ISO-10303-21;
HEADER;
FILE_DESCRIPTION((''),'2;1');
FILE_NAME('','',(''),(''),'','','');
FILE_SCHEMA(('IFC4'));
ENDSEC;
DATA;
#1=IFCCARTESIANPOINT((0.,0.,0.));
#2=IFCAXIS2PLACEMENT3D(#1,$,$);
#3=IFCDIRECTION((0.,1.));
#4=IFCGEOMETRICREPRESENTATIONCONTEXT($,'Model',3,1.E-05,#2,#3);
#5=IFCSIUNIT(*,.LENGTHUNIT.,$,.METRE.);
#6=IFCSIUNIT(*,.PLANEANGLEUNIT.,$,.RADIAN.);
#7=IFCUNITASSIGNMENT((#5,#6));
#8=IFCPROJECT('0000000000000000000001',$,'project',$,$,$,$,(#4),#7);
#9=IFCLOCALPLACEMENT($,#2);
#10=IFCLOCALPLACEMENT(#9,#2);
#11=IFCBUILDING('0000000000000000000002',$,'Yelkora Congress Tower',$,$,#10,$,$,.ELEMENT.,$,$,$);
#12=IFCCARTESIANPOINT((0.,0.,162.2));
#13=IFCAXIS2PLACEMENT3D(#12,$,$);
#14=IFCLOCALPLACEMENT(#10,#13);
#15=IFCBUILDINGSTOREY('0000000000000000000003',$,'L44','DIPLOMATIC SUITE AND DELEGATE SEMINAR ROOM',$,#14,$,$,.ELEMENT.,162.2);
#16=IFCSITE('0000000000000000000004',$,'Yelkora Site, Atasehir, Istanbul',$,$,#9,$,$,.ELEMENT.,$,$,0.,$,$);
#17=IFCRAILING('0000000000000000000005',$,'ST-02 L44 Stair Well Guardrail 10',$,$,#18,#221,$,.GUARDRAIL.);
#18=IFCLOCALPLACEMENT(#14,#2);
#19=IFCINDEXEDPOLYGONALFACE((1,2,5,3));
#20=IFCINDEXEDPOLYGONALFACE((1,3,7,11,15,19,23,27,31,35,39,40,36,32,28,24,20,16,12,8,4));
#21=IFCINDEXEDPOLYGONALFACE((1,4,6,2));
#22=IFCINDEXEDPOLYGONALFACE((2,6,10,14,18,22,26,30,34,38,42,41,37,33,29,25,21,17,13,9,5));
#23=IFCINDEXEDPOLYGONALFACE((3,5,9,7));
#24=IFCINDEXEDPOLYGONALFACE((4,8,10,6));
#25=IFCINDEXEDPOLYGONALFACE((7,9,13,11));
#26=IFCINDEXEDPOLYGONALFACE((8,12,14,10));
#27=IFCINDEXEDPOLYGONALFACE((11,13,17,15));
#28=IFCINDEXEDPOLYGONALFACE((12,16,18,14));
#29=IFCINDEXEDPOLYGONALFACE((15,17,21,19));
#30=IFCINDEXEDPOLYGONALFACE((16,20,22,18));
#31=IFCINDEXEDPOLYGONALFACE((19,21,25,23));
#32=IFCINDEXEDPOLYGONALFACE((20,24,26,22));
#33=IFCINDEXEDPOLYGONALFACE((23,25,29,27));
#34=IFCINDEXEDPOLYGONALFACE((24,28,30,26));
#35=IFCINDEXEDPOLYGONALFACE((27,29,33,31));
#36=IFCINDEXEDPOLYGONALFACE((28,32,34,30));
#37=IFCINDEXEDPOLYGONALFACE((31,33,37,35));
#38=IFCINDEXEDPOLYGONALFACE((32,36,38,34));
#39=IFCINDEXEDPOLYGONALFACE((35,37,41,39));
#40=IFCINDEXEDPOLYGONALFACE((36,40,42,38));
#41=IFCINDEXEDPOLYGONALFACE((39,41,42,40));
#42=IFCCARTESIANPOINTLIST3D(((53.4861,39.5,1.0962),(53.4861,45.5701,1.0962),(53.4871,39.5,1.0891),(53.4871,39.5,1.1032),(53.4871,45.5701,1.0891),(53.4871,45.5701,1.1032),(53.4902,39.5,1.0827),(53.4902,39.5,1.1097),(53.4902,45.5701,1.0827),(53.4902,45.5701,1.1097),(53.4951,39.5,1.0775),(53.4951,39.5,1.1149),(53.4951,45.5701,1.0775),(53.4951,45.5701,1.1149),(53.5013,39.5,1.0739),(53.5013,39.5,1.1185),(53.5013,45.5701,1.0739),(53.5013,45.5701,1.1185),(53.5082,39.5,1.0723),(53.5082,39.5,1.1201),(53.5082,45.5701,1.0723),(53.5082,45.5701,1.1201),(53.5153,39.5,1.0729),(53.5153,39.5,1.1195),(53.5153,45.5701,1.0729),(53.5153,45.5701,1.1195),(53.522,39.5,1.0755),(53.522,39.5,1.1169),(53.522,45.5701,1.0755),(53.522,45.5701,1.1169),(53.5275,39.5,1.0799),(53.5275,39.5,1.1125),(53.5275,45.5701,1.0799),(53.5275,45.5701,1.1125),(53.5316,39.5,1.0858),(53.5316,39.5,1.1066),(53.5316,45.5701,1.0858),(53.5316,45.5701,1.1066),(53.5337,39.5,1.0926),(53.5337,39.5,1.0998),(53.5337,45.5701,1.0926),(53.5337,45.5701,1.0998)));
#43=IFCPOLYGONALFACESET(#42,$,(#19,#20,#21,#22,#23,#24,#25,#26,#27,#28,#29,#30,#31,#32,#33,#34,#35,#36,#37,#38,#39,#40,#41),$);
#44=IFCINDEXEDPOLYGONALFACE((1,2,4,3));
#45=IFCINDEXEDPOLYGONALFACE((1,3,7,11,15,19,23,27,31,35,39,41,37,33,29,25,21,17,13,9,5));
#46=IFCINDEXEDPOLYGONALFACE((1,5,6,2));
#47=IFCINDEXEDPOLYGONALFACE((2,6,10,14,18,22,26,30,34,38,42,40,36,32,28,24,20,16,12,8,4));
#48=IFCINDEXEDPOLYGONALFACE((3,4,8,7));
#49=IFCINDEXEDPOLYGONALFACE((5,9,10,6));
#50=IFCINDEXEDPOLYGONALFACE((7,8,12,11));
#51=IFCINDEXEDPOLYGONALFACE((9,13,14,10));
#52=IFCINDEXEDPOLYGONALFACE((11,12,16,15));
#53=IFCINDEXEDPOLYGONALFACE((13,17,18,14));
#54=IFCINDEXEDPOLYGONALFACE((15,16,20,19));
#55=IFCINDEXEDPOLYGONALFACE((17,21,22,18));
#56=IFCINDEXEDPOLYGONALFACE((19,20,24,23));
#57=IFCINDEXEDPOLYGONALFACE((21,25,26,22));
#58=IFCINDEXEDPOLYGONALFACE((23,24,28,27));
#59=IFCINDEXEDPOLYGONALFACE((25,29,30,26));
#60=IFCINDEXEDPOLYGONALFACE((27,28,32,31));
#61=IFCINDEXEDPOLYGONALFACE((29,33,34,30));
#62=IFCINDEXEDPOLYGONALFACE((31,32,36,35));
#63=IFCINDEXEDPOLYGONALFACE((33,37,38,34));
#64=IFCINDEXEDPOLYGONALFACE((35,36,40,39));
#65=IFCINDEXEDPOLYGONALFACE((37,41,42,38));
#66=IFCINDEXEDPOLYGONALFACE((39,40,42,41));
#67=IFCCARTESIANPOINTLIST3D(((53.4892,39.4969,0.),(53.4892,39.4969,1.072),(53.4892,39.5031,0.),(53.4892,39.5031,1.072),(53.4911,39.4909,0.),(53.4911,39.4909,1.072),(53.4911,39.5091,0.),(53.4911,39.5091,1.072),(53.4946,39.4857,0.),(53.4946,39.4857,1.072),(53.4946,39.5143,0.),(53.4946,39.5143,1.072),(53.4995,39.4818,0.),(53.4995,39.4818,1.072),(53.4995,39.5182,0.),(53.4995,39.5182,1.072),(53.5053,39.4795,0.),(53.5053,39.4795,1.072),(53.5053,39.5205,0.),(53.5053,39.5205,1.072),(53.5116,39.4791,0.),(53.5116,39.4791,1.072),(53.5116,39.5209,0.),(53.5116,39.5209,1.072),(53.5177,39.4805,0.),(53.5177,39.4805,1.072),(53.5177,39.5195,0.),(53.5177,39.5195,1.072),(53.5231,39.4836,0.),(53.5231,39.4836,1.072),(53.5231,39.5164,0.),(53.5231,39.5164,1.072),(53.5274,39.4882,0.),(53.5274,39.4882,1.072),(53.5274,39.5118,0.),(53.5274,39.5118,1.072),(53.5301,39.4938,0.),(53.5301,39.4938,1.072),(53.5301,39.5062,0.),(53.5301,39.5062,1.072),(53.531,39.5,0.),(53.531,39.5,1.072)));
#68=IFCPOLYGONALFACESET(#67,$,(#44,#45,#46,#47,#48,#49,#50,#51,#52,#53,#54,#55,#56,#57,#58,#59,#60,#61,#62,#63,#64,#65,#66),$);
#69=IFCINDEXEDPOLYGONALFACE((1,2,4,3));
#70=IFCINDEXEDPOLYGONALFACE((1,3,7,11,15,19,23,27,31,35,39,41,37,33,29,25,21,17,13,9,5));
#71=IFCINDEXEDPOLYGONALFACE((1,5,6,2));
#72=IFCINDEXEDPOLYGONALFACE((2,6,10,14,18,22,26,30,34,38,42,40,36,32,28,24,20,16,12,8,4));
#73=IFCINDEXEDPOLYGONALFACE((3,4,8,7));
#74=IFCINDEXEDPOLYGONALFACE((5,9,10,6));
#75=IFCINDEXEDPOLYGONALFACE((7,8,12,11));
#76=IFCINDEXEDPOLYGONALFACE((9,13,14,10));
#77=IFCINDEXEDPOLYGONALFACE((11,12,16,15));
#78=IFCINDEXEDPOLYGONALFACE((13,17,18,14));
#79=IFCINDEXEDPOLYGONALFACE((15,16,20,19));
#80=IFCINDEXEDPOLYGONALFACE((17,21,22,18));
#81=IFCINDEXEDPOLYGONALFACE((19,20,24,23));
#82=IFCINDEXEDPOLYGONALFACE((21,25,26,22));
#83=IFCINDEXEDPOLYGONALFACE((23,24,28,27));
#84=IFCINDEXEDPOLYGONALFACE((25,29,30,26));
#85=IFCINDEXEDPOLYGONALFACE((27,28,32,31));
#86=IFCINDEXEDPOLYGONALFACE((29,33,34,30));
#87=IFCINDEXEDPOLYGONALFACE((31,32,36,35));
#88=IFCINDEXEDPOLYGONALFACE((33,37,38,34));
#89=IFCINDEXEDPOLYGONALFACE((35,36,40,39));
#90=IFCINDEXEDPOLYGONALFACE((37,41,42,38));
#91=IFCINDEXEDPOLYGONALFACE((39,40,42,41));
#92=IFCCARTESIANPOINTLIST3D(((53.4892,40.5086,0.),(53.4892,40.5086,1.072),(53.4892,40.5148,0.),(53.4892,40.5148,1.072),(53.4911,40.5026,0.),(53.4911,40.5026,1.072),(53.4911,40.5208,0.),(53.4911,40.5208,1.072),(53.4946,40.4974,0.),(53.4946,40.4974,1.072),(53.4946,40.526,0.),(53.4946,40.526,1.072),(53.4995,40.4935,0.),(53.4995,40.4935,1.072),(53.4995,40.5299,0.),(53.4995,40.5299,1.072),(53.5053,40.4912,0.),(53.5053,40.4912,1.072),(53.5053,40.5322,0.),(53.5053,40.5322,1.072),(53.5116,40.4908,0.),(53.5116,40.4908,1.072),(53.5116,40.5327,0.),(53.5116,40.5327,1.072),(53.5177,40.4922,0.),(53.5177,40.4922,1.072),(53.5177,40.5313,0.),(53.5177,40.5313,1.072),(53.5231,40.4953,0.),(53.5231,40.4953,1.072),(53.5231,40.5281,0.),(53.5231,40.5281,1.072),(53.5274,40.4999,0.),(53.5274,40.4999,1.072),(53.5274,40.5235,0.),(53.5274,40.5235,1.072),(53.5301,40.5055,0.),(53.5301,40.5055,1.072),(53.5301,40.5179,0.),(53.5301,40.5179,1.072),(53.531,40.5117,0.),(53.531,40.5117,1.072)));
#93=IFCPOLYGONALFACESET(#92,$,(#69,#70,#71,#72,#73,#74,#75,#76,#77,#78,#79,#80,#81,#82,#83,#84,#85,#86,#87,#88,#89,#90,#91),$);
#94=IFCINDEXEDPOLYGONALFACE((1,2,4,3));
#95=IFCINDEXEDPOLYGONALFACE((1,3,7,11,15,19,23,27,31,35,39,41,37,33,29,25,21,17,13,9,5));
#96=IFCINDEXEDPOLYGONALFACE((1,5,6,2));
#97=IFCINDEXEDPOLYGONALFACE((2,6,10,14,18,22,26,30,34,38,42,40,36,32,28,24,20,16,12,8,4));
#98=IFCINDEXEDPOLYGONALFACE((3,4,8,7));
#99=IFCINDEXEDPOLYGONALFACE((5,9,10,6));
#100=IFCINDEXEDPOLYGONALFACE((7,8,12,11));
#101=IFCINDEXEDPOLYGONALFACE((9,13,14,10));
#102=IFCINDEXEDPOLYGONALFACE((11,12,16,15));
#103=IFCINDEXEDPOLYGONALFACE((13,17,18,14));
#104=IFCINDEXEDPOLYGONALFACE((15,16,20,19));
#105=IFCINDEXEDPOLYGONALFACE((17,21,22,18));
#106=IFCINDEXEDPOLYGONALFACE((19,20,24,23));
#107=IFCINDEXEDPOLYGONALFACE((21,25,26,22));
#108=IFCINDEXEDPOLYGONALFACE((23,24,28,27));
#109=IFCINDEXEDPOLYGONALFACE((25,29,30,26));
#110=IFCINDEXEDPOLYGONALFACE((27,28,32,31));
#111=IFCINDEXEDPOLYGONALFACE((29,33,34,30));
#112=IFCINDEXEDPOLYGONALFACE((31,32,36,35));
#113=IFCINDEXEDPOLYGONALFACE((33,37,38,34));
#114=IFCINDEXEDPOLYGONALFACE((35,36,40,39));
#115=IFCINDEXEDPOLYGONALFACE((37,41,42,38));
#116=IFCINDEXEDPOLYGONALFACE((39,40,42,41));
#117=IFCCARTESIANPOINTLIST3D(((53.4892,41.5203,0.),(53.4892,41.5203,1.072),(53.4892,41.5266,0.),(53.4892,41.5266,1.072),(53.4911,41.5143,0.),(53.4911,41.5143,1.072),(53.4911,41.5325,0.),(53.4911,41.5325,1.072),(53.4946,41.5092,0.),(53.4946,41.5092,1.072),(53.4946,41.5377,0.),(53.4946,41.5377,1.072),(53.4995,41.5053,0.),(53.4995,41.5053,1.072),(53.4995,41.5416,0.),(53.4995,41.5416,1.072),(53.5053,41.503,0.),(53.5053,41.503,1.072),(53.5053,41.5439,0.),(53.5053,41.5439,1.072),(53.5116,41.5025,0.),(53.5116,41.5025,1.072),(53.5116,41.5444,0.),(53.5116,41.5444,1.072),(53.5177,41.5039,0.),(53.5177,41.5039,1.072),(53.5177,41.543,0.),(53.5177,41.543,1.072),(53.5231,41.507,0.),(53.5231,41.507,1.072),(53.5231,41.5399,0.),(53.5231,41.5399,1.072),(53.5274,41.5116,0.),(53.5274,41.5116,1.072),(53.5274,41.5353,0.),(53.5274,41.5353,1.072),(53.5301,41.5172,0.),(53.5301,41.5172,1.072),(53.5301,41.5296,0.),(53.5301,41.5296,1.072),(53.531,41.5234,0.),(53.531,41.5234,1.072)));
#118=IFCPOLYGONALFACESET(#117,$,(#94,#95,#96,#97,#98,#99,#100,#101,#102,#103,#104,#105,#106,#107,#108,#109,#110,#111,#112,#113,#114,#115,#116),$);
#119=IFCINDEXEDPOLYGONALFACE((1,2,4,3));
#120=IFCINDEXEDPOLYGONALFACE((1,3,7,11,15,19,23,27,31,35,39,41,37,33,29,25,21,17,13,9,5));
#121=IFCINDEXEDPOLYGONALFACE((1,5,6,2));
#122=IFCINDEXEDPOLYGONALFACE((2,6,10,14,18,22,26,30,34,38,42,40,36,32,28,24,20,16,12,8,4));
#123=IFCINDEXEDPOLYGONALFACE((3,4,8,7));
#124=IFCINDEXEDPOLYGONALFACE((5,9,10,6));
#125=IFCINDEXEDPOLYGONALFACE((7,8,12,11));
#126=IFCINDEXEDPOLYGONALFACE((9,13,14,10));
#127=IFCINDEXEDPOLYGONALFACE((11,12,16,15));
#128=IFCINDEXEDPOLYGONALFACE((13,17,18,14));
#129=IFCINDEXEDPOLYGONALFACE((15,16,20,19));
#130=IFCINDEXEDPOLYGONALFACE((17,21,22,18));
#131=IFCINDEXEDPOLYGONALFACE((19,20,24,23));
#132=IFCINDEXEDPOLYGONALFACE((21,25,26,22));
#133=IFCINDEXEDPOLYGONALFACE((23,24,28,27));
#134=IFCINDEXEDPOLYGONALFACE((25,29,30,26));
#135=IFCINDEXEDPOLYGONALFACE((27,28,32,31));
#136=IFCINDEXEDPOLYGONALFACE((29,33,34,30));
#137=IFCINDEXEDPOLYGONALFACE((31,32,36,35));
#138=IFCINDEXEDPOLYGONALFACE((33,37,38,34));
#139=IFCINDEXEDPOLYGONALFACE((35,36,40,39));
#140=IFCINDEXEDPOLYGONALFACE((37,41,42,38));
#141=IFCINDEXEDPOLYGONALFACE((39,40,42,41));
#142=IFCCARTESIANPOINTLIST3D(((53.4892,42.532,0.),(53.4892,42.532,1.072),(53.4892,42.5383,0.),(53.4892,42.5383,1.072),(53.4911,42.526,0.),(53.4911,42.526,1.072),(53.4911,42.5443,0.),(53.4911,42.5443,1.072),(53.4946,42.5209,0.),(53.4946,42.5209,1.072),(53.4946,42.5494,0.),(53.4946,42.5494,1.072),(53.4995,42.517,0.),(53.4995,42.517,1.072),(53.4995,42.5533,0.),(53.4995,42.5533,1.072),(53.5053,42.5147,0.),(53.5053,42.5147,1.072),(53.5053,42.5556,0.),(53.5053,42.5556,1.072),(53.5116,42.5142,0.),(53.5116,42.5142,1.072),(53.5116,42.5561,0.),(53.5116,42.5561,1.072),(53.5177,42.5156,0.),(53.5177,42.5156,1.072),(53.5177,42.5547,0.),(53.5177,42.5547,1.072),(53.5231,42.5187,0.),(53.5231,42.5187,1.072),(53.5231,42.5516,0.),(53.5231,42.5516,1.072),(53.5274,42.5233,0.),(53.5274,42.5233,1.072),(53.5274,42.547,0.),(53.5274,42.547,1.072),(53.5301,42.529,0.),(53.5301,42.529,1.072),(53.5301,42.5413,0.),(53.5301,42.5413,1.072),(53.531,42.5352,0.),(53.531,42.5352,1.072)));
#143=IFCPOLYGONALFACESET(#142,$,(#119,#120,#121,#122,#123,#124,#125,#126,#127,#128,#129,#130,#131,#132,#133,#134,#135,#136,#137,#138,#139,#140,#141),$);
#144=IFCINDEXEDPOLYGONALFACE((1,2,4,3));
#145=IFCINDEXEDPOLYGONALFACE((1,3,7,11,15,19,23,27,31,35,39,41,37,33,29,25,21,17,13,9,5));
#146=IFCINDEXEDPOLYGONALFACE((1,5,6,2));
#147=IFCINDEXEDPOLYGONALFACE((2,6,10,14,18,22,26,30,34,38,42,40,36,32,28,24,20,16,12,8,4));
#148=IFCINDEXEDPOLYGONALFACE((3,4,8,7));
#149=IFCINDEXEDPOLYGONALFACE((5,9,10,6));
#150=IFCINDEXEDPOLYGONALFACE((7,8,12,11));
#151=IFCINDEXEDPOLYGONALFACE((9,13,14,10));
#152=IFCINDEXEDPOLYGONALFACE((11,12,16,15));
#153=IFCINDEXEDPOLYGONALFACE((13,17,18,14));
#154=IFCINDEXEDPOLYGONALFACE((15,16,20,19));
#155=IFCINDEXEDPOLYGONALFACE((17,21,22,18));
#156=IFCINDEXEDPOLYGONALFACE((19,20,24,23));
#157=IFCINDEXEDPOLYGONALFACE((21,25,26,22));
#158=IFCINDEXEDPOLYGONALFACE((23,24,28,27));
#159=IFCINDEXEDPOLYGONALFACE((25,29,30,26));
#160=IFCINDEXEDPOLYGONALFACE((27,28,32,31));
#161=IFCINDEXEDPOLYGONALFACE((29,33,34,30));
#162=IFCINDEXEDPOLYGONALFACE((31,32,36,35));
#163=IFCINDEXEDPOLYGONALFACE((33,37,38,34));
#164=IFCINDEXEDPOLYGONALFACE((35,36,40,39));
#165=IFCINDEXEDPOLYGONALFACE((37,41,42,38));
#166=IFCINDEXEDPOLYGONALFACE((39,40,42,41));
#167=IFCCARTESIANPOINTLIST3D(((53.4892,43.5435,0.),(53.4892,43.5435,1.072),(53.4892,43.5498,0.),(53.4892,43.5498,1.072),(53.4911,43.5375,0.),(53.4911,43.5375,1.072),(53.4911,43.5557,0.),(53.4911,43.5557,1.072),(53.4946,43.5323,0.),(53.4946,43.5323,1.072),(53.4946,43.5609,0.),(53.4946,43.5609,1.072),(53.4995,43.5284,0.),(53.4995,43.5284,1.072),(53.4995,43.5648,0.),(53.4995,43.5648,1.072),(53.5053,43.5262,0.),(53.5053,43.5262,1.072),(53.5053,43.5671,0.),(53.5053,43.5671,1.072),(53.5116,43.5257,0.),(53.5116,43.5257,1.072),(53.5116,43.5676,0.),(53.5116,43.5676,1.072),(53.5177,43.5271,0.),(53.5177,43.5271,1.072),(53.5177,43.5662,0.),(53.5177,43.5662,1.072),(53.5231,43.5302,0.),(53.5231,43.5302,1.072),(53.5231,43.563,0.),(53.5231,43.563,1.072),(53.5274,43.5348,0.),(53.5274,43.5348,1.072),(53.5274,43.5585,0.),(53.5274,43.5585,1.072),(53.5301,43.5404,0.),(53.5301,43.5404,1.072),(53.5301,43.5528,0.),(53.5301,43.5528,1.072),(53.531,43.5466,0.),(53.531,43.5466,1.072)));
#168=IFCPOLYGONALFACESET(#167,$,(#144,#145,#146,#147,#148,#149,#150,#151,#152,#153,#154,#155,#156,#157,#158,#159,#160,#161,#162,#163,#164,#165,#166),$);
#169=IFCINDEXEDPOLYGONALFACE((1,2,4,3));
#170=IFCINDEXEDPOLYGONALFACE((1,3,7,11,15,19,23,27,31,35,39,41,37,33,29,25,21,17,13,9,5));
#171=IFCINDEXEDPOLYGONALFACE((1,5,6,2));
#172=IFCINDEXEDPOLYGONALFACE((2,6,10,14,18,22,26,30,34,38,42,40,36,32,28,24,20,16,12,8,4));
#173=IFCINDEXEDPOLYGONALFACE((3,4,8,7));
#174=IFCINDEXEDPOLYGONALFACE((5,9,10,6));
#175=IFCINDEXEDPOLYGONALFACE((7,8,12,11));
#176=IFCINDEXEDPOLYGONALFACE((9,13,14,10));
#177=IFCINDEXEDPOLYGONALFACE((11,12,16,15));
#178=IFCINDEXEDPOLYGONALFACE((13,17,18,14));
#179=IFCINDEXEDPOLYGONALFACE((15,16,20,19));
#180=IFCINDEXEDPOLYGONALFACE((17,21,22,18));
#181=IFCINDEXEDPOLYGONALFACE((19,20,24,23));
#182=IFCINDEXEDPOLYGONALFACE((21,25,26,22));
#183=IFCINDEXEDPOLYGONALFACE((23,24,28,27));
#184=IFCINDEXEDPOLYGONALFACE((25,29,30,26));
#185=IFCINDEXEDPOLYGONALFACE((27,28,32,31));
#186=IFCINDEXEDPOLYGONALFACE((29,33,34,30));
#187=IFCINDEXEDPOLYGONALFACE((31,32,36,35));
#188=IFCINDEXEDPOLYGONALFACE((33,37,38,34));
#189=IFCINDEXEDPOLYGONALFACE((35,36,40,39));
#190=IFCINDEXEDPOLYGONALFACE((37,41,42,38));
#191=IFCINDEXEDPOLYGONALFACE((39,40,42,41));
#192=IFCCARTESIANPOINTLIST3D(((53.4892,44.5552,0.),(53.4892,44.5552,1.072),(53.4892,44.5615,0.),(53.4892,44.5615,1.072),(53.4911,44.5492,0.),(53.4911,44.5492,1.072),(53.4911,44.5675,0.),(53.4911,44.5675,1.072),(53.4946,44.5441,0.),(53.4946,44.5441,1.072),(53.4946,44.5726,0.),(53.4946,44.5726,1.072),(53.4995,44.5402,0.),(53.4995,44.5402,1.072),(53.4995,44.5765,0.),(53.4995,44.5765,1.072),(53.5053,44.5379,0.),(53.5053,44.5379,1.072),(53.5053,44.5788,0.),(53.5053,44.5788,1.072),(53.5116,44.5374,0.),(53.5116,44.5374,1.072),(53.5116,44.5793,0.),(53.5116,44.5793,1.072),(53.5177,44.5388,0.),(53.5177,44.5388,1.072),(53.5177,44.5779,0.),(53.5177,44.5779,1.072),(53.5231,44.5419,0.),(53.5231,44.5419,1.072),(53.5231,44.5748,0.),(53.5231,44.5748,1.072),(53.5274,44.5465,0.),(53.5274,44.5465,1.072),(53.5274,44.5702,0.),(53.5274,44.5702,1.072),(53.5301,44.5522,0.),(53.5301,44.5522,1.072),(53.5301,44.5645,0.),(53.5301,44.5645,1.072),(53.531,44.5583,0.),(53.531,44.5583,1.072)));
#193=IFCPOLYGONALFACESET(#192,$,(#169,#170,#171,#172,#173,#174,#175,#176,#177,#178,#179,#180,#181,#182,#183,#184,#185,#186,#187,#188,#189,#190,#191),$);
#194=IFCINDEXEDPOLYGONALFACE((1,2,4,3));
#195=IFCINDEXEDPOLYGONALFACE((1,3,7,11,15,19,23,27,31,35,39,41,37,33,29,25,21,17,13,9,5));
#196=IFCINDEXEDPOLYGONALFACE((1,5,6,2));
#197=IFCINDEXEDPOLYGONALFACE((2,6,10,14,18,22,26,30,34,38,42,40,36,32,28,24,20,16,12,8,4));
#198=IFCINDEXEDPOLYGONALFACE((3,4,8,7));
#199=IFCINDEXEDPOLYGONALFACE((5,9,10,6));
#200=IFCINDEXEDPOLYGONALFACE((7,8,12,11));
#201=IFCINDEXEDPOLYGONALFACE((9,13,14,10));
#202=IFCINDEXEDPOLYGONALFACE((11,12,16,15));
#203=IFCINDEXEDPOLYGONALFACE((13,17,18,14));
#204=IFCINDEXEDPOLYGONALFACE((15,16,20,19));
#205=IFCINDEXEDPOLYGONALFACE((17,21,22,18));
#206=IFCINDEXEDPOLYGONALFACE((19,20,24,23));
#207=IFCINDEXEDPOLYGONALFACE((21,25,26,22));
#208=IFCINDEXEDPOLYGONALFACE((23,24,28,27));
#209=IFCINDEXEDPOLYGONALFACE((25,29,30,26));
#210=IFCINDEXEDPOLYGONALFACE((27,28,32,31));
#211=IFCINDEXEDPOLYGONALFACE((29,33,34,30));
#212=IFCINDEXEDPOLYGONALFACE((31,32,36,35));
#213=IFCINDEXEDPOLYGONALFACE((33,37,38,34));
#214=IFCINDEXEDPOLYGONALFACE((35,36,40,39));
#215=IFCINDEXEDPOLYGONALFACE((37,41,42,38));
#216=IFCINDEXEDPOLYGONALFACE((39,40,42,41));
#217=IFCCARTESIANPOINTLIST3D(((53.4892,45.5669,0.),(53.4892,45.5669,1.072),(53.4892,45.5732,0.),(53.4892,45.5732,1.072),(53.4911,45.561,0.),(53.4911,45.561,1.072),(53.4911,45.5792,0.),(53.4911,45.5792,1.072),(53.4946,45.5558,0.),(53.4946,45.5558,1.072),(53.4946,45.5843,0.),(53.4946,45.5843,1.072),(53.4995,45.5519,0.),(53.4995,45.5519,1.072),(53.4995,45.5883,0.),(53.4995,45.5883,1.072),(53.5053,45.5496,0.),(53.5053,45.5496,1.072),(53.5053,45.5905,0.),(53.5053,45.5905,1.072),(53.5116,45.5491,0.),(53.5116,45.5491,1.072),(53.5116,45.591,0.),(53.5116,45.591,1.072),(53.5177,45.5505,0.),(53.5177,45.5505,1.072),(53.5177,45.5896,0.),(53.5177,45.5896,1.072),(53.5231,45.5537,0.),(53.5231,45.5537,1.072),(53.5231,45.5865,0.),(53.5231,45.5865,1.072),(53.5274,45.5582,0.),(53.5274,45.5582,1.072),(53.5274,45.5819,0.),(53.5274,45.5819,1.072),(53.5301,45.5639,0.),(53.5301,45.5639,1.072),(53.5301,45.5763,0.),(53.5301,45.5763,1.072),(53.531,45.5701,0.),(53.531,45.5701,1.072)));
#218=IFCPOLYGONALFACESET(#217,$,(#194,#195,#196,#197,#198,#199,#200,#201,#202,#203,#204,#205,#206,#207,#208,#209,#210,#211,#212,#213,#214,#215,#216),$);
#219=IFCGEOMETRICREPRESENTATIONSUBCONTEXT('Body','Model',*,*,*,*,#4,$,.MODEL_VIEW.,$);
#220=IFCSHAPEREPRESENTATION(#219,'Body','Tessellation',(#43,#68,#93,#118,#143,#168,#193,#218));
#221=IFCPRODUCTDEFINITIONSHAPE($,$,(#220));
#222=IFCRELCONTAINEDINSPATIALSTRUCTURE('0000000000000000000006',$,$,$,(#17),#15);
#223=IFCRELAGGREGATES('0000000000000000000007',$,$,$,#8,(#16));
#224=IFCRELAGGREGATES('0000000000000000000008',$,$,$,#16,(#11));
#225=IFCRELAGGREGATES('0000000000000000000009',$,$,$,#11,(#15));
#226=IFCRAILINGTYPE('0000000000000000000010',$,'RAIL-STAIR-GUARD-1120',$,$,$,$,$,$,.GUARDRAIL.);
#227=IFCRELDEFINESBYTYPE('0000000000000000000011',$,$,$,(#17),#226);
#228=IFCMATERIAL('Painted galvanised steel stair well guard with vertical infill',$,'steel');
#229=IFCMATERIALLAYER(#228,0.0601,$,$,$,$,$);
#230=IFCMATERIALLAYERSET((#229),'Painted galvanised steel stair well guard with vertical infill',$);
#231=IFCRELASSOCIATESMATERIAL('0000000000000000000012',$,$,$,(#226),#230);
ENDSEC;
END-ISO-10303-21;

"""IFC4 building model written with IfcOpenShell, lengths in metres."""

from ifc_helpers import new_model, si_unit, direction, frame, origin, origin_2d, place, context, subcontext, project, spatial, circle, extrude, material, layer, layer_set, type_object, element, save


model = new_model("IFC4")

# Units and contexts
model_context = context("Model", 3, precision=1e-05, world=origin(), true_north=direction((0.0, 1.0)))
body_context = subcontext(model_context, "Body", "Model", "MODEL_VIEW")
ifc_project = project(units=[si_unit("LENGTHUNIT", "METRE"), si_unit("PLANEANGLEUNIT", "RADIAN")], contexts=[model_context])

# Site, building, storey
site_placement = place(None, origin())
site = spatial("IfcSite", under=ifc_project, at=site_placement, Name="Yelkora Site, Atasehir, Istanbul", CompositionType="ELEMENT", RefElevation=0.0)
building_placement = place(site_placement, origin())
building = spatial("IfcBuilding", under=site, at=building_placement, Name="Yelkora Congress Tower", CompositionType="ELEMENT")
storey_placement = place(building_placement, frame((0.0, 0.0, 162.2)))
storey = spatial("IfcBuildingStorey", under=building, at=storey_placement, Name="L44", Description="DIPLOMATIC SUITE AND DELEGATE SEMINAR ROOM", CompositionType="ELEMENT", Elevation=162.2)

# Railing
ifc_material_1 = material(Name="Painted galvanised steel stair well guard with vertical infill", Category="steel")
ifc_layer_1 = layer(ifc_material_1, 0.0601)
ifc_layer_set_1 = layer_set([ifc_layer_1], Name="Painted galvanised steel stair well guard with vertical infill")
railing_type_1 = type_object("IfcRailingType", Name="RAIL-STAIR-GUARD-1120", PredefinedType="GUARDRAIL", material=ifc_layer_set_1)
railing_1_placement = place(storey_placement, frame((53.51, 39.5, 0.0)))
element("IfcRailing", 1, at=railing_1_placement, inside=storey, type_object=railing_type_1, Name="ST-02 L44 Stair Well Guardrail 10", PredefinedType="GUARDRAIL", context=body_context, shape_type="SweptSolid", body=[
    extrude(circle(Radius=0.0239, at=origin_2d()), frame((0.0, 0.0, 1.0962), z_axis=(0.0, 1.0, 0.0), x_axis=(-1.0, 0.0, 0.0)), (0.0, 0.0, 1.0), 6.0701),
    extrude(circle(Radius=0.021, at=origin_2d()), origin(), (0.0, 0.0, 1.0), 1.072),
    extrude(circle(Radius=0.021, at=origin_2d()), frame((0.0, 1.0117, 0.0)), (0.0, 0.0, 1.0), 1.072),
    extrude(circle(Radius=0.021, at=origin_2d()), frame((0.0, 2.0234, 0.0)), (0.0, 0.0, 1.0), 1.072),
    extrude(circle(Radius=0.021, at=origin_2d()), frame((0.0, 3.0352, 0.0)), (0.0, 0.0, 1.0), 1.072),
    extrude(circle(Radius=0.021, at=origin_2d()), frame((0.0, 4.0466, 0.0)), (0.0, 0.0, 1.0), 1.072),
    extrude(circle(Radius=0.021, at=origin_2d()), frame((0.0, 5.0583, 0.0)), (0.0, 0.0, 1.0), 1.072),
    extrude(circle(Radius=0.021, at=origin_2d()), frame((0.0, 6.0701, 0.0)), (0.0, 0.0, 1.0), 1.072),
])

save(model, "model.ifc")
